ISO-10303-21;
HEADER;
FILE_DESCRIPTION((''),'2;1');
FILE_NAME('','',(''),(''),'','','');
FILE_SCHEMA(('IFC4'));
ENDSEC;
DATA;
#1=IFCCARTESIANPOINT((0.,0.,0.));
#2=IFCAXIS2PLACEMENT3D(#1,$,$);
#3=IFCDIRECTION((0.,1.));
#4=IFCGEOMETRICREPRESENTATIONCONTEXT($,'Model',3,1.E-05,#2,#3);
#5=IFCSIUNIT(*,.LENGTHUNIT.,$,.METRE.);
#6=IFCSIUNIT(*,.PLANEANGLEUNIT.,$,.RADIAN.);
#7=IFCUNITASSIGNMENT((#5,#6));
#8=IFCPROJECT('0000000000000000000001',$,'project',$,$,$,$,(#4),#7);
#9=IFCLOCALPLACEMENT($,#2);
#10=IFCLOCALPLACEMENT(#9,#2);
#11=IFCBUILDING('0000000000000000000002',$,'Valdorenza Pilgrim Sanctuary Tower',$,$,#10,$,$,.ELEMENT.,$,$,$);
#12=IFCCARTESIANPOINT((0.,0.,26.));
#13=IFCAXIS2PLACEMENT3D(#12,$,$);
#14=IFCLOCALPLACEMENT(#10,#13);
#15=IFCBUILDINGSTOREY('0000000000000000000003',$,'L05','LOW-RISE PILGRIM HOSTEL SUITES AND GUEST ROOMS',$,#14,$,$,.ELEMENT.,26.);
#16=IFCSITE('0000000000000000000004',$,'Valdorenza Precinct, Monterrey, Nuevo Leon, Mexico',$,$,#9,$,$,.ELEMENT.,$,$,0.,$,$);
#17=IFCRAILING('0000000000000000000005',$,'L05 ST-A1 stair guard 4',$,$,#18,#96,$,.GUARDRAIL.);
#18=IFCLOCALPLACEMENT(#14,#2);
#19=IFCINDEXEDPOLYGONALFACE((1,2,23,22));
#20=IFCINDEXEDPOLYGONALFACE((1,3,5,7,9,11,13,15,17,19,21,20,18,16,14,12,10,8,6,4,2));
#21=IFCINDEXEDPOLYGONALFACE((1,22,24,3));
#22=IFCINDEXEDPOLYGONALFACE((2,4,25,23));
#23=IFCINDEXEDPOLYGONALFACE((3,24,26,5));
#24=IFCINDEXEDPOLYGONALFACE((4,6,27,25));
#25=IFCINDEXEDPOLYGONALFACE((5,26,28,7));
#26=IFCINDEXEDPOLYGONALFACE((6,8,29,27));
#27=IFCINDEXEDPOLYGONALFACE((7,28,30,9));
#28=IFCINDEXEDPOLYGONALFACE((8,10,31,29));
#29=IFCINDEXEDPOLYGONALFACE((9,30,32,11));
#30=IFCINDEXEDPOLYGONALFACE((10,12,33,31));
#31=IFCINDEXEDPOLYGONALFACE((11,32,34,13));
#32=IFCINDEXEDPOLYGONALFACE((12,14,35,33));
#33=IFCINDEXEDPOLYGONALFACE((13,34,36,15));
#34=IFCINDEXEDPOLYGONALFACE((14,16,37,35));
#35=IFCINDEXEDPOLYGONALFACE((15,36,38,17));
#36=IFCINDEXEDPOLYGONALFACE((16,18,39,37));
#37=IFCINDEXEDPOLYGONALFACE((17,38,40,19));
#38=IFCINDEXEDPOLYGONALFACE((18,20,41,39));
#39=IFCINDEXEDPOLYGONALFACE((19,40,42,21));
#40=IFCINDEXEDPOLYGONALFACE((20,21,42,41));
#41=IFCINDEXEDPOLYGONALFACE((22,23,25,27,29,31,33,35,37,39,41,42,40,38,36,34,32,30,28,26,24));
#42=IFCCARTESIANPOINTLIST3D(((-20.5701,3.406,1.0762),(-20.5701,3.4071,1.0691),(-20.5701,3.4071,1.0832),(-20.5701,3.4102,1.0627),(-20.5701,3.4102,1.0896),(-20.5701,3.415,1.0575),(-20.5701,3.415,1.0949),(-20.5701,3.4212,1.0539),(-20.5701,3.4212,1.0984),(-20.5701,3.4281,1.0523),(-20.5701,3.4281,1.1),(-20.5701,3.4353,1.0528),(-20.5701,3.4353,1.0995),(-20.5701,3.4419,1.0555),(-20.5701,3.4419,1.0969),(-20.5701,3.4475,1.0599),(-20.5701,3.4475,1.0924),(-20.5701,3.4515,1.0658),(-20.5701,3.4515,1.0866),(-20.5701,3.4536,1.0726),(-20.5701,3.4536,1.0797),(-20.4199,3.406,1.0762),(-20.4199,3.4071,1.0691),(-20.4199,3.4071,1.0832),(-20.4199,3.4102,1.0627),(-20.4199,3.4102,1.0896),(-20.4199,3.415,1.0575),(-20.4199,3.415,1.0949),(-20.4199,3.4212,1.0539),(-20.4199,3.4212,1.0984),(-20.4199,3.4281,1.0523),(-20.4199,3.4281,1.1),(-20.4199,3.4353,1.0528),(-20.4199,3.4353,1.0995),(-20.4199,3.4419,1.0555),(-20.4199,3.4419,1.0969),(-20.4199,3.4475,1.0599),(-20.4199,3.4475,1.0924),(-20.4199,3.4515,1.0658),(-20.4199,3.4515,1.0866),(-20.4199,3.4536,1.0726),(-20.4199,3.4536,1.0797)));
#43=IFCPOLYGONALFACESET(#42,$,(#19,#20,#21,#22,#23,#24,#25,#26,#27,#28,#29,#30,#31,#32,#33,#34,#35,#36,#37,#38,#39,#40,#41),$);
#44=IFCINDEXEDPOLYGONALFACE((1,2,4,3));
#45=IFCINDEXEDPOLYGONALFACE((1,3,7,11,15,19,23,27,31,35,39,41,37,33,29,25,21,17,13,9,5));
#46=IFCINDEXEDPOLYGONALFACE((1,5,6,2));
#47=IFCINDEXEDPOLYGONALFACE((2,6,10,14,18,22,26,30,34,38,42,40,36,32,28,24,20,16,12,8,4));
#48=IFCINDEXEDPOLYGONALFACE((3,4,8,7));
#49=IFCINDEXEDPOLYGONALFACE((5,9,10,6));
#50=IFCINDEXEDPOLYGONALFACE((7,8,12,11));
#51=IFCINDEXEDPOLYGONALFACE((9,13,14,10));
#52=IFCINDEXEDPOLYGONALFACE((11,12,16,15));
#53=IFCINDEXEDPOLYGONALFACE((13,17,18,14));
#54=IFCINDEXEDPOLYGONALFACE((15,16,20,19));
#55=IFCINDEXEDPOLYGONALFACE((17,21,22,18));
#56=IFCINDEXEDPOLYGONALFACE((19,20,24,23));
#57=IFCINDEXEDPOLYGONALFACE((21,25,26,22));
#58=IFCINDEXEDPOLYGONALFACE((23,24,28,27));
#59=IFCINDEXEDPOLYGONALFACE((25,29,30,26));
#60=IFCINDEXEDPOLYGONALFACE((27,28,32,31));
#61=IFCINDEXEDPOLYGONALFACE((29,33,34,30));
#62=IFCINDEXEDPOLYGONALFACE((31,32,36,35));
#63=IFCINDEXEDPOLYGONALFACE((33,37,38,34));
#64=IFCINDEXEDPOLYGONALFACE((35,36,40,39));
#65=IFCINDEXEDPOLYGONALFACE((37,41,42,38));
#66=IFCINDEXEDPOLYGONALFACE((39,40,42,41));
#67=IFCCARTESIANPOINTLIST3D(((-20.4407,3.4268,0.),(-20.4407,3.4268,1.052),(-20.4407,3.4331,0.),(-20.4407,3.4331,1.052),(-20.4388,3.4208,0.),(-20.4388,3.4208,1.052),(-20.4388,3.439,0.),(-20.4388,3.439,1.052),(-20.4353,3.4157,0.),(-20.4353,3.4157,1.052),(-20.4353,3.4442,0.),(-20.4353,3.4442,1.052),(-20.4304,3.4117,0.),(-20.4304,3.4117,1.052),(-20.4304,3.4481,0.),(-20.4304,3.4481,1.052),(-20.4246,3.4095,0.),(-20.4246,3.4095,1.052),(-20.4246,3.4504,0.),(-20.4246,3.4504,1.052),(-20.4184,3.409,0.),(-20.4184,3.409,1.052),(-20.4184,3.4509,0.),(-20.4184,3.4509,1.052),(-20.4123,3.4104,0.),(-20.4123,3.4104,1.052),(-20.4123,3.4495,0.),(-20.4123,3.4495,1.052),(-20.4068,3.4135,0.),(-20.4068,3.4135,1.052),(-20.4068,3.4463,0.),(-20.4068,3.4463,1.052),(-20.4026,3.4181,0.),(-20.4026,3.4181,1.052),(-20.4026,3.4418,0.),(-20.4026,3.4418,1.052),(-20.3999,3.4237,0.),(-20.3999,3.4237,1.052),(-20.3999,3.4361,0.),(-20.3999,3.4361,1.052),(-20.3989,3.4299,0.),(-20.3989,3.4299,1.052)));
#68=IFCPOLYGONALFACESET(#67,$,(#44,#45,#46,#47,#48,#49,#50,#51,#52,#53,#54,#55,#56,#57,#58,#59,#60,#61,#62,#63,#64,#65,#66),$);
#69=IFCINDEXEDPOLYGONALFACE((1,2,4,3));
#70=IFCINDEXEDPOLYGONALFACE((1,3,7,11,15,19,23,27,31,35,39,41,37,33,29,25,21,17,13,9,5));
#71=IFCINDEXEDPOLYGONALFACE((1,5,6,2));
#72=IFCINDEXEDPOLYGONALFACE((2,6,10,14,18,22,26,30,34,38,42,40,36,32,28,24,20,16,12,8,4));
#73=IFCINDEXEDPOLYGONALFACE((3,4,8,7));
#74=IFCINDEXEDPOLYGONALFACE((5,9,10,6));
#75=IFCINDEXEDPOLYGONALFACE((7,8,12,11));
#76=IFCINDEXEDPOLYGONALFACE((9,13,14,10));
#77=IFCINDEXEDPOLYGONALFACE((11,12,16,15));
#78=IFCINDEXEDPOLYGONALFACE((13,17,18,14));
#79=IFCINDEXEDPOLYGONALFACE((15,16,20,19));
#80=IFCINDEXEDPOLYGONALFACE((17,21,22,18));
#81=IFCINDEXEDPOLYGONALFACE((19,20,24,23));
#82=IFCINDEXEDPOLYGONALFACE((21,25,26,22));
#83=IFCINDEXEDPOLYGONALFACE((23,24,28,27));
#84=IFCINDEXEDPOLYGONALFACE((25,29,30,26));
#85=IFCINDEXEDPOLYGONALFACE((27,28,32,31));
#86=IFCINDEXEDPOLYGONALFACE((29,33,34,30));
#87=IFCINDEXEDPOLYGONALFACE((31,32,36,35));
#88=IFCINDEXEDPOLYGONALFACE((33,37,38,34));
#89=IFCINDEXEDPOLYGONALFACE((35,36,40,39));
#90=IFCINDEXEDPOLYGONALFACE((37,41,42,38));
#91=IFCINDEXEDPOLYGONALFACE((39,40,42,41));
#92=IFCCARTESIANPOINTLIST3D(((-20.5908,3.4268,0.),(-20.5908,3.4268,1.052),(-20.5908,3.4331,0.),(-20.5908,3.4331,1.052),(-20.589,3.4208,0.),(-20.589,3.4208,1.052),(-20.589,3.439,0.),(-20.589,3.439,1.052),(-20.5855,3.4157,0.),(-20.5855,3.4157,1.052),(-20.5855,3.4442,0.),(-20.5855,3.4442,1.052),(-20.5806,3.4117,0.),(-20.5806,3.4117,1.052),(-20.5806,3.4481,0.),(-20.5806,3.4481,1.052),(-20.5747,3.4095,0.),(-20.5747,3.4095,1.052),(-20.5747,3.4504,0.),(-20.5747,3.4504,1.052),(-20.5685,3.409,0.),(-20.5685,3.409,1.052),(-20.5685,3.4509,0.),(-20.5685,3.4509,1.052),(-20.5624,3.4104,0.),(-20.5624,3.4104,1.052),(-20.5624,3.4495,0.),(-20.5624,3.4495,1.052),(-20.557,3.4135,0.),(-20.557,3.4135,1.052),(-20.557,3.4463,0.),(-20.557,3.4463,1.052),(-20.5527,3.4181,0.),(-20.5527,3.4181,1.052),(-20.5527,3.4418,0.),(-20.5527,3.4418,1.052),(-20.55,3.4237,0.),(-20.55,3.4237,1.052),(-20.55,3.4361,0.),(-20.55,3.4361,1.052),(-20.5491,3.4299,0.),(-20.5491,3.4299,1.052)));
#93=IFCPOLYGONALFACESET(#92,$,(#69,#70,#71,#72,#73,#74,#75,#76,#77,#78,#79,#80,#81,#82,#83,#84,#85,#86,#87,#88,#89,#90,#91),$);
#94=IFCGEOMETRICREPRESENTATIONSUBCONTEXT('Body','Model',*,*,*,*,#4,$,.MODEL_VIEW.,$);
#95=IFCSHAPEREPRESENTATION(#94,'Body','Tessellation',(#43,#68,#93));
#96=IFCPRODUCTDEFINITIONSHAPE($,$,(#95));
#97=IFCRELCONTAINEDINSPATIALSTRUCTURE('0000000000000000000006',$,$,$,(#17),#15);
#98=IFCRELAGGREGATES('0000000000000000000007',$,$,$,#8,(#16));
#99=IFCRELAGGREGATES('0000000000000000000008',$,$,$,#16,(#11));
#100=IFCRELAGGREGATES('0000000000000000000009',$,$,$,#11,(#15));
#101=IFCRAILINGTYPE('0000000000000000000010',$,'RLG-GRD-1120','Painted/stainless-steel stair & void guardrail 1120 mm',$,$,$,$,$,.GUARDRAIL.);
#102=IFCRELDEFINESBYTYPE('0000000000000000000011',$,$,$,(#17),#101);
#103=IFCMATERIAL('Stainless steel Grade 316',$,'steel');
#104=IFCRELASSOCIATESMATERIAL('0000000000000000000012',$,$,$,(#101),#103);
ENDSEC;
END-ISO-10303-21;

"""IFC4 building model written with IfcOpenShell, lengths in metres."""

from ifc_helpers import new_model, si_unit, direction, frame, origin, origin_2d, place, context, subcontext, project, spatial, circle, extrude, material, type_object, element, save


model = new_model("IFC4")

# Units and contexts
model_context = context("Model", 3, precision=1e-05, world=origin(), true_north=direction((0.0, 1.0)))
body_context = subcontext(model_context, "Body", "Model", "MODEL_VIEW")
ifc_project = project(units=[si_unit("LENGTHUNIT", "METRE"), si_unit("PLANEANGLEUNIT", "RADIAN")], contexts=[model_context])

# Site, building, storey
site_placement = place(None, origin())
site = spatial("IfcSite", under=ifc_project, at=site_placement, Name="Valdorenza Precinct, Monterrey, Nuevo Leon, Mexico", CompositionType="ELEMENT", RefElevation=0.0)
building_placement = place(site_placement, origin())
building = spatial("IfcBuilding", under=site, at=building_placement, Name="Valdorenza Pilgrim Sanctuary Tower", CompositionType="ELEMENT")
storey_placement = place(building_placement, frame((0.0, 0.0, 26.0)))
storey = spatial("IfcBuildingStorey", under=building, at=storey_placement, Name="L05", Description="LOW-RISE PILGRIM HOSTEL SUITES AND GUEST ROOMS", CompositionType="ELEMENT", Elevation=26.0)

# Railing
ifc_material_1 = material(Name="Stainless steel Grade 316", Category="steel")
railing_type_1 = type_object("IfcRailingType", Name="RLG-GRD-1120", Description="Painted/stainless-steel stair & void guardrail 1120 mm", PredefinedType="GUARDRAIL", material=ifc_material_1)
railing_1_placement = place(storey_placement, frame((-20.4199, 3.4299, 0.0)))
element("IfcRailing", 1, at=railing_1_placement, inside=storey, type_object=railing_type_1, Name="L05 ST-A1 stair guard 4", PredefinedType="GUARDRAIL", context=body_context, shape_type="SweptSolid", body=[
    extrude(circle(Radius=0.0239, at=origin_2d()), frame((0.0, 0.0, 1.0762), z_axis=(-1.0, 0.0, 0.0), x_axis=(0.0, -1.0, 0.0)), (0.0, 0.0, 1.0), 0.1501),
    extrude(circle(Radius=0.021, at=origin_2d()), origin(), (0.0, 0.0, 1.0), 1.052),
    extrude(circle(Radius=0.021, at=origin_2d()), frame((-0.1501, 0.0, 0.0)), (0.0, 0.0, 1.0), 1.052),
])

save(model, "model.ifc")
